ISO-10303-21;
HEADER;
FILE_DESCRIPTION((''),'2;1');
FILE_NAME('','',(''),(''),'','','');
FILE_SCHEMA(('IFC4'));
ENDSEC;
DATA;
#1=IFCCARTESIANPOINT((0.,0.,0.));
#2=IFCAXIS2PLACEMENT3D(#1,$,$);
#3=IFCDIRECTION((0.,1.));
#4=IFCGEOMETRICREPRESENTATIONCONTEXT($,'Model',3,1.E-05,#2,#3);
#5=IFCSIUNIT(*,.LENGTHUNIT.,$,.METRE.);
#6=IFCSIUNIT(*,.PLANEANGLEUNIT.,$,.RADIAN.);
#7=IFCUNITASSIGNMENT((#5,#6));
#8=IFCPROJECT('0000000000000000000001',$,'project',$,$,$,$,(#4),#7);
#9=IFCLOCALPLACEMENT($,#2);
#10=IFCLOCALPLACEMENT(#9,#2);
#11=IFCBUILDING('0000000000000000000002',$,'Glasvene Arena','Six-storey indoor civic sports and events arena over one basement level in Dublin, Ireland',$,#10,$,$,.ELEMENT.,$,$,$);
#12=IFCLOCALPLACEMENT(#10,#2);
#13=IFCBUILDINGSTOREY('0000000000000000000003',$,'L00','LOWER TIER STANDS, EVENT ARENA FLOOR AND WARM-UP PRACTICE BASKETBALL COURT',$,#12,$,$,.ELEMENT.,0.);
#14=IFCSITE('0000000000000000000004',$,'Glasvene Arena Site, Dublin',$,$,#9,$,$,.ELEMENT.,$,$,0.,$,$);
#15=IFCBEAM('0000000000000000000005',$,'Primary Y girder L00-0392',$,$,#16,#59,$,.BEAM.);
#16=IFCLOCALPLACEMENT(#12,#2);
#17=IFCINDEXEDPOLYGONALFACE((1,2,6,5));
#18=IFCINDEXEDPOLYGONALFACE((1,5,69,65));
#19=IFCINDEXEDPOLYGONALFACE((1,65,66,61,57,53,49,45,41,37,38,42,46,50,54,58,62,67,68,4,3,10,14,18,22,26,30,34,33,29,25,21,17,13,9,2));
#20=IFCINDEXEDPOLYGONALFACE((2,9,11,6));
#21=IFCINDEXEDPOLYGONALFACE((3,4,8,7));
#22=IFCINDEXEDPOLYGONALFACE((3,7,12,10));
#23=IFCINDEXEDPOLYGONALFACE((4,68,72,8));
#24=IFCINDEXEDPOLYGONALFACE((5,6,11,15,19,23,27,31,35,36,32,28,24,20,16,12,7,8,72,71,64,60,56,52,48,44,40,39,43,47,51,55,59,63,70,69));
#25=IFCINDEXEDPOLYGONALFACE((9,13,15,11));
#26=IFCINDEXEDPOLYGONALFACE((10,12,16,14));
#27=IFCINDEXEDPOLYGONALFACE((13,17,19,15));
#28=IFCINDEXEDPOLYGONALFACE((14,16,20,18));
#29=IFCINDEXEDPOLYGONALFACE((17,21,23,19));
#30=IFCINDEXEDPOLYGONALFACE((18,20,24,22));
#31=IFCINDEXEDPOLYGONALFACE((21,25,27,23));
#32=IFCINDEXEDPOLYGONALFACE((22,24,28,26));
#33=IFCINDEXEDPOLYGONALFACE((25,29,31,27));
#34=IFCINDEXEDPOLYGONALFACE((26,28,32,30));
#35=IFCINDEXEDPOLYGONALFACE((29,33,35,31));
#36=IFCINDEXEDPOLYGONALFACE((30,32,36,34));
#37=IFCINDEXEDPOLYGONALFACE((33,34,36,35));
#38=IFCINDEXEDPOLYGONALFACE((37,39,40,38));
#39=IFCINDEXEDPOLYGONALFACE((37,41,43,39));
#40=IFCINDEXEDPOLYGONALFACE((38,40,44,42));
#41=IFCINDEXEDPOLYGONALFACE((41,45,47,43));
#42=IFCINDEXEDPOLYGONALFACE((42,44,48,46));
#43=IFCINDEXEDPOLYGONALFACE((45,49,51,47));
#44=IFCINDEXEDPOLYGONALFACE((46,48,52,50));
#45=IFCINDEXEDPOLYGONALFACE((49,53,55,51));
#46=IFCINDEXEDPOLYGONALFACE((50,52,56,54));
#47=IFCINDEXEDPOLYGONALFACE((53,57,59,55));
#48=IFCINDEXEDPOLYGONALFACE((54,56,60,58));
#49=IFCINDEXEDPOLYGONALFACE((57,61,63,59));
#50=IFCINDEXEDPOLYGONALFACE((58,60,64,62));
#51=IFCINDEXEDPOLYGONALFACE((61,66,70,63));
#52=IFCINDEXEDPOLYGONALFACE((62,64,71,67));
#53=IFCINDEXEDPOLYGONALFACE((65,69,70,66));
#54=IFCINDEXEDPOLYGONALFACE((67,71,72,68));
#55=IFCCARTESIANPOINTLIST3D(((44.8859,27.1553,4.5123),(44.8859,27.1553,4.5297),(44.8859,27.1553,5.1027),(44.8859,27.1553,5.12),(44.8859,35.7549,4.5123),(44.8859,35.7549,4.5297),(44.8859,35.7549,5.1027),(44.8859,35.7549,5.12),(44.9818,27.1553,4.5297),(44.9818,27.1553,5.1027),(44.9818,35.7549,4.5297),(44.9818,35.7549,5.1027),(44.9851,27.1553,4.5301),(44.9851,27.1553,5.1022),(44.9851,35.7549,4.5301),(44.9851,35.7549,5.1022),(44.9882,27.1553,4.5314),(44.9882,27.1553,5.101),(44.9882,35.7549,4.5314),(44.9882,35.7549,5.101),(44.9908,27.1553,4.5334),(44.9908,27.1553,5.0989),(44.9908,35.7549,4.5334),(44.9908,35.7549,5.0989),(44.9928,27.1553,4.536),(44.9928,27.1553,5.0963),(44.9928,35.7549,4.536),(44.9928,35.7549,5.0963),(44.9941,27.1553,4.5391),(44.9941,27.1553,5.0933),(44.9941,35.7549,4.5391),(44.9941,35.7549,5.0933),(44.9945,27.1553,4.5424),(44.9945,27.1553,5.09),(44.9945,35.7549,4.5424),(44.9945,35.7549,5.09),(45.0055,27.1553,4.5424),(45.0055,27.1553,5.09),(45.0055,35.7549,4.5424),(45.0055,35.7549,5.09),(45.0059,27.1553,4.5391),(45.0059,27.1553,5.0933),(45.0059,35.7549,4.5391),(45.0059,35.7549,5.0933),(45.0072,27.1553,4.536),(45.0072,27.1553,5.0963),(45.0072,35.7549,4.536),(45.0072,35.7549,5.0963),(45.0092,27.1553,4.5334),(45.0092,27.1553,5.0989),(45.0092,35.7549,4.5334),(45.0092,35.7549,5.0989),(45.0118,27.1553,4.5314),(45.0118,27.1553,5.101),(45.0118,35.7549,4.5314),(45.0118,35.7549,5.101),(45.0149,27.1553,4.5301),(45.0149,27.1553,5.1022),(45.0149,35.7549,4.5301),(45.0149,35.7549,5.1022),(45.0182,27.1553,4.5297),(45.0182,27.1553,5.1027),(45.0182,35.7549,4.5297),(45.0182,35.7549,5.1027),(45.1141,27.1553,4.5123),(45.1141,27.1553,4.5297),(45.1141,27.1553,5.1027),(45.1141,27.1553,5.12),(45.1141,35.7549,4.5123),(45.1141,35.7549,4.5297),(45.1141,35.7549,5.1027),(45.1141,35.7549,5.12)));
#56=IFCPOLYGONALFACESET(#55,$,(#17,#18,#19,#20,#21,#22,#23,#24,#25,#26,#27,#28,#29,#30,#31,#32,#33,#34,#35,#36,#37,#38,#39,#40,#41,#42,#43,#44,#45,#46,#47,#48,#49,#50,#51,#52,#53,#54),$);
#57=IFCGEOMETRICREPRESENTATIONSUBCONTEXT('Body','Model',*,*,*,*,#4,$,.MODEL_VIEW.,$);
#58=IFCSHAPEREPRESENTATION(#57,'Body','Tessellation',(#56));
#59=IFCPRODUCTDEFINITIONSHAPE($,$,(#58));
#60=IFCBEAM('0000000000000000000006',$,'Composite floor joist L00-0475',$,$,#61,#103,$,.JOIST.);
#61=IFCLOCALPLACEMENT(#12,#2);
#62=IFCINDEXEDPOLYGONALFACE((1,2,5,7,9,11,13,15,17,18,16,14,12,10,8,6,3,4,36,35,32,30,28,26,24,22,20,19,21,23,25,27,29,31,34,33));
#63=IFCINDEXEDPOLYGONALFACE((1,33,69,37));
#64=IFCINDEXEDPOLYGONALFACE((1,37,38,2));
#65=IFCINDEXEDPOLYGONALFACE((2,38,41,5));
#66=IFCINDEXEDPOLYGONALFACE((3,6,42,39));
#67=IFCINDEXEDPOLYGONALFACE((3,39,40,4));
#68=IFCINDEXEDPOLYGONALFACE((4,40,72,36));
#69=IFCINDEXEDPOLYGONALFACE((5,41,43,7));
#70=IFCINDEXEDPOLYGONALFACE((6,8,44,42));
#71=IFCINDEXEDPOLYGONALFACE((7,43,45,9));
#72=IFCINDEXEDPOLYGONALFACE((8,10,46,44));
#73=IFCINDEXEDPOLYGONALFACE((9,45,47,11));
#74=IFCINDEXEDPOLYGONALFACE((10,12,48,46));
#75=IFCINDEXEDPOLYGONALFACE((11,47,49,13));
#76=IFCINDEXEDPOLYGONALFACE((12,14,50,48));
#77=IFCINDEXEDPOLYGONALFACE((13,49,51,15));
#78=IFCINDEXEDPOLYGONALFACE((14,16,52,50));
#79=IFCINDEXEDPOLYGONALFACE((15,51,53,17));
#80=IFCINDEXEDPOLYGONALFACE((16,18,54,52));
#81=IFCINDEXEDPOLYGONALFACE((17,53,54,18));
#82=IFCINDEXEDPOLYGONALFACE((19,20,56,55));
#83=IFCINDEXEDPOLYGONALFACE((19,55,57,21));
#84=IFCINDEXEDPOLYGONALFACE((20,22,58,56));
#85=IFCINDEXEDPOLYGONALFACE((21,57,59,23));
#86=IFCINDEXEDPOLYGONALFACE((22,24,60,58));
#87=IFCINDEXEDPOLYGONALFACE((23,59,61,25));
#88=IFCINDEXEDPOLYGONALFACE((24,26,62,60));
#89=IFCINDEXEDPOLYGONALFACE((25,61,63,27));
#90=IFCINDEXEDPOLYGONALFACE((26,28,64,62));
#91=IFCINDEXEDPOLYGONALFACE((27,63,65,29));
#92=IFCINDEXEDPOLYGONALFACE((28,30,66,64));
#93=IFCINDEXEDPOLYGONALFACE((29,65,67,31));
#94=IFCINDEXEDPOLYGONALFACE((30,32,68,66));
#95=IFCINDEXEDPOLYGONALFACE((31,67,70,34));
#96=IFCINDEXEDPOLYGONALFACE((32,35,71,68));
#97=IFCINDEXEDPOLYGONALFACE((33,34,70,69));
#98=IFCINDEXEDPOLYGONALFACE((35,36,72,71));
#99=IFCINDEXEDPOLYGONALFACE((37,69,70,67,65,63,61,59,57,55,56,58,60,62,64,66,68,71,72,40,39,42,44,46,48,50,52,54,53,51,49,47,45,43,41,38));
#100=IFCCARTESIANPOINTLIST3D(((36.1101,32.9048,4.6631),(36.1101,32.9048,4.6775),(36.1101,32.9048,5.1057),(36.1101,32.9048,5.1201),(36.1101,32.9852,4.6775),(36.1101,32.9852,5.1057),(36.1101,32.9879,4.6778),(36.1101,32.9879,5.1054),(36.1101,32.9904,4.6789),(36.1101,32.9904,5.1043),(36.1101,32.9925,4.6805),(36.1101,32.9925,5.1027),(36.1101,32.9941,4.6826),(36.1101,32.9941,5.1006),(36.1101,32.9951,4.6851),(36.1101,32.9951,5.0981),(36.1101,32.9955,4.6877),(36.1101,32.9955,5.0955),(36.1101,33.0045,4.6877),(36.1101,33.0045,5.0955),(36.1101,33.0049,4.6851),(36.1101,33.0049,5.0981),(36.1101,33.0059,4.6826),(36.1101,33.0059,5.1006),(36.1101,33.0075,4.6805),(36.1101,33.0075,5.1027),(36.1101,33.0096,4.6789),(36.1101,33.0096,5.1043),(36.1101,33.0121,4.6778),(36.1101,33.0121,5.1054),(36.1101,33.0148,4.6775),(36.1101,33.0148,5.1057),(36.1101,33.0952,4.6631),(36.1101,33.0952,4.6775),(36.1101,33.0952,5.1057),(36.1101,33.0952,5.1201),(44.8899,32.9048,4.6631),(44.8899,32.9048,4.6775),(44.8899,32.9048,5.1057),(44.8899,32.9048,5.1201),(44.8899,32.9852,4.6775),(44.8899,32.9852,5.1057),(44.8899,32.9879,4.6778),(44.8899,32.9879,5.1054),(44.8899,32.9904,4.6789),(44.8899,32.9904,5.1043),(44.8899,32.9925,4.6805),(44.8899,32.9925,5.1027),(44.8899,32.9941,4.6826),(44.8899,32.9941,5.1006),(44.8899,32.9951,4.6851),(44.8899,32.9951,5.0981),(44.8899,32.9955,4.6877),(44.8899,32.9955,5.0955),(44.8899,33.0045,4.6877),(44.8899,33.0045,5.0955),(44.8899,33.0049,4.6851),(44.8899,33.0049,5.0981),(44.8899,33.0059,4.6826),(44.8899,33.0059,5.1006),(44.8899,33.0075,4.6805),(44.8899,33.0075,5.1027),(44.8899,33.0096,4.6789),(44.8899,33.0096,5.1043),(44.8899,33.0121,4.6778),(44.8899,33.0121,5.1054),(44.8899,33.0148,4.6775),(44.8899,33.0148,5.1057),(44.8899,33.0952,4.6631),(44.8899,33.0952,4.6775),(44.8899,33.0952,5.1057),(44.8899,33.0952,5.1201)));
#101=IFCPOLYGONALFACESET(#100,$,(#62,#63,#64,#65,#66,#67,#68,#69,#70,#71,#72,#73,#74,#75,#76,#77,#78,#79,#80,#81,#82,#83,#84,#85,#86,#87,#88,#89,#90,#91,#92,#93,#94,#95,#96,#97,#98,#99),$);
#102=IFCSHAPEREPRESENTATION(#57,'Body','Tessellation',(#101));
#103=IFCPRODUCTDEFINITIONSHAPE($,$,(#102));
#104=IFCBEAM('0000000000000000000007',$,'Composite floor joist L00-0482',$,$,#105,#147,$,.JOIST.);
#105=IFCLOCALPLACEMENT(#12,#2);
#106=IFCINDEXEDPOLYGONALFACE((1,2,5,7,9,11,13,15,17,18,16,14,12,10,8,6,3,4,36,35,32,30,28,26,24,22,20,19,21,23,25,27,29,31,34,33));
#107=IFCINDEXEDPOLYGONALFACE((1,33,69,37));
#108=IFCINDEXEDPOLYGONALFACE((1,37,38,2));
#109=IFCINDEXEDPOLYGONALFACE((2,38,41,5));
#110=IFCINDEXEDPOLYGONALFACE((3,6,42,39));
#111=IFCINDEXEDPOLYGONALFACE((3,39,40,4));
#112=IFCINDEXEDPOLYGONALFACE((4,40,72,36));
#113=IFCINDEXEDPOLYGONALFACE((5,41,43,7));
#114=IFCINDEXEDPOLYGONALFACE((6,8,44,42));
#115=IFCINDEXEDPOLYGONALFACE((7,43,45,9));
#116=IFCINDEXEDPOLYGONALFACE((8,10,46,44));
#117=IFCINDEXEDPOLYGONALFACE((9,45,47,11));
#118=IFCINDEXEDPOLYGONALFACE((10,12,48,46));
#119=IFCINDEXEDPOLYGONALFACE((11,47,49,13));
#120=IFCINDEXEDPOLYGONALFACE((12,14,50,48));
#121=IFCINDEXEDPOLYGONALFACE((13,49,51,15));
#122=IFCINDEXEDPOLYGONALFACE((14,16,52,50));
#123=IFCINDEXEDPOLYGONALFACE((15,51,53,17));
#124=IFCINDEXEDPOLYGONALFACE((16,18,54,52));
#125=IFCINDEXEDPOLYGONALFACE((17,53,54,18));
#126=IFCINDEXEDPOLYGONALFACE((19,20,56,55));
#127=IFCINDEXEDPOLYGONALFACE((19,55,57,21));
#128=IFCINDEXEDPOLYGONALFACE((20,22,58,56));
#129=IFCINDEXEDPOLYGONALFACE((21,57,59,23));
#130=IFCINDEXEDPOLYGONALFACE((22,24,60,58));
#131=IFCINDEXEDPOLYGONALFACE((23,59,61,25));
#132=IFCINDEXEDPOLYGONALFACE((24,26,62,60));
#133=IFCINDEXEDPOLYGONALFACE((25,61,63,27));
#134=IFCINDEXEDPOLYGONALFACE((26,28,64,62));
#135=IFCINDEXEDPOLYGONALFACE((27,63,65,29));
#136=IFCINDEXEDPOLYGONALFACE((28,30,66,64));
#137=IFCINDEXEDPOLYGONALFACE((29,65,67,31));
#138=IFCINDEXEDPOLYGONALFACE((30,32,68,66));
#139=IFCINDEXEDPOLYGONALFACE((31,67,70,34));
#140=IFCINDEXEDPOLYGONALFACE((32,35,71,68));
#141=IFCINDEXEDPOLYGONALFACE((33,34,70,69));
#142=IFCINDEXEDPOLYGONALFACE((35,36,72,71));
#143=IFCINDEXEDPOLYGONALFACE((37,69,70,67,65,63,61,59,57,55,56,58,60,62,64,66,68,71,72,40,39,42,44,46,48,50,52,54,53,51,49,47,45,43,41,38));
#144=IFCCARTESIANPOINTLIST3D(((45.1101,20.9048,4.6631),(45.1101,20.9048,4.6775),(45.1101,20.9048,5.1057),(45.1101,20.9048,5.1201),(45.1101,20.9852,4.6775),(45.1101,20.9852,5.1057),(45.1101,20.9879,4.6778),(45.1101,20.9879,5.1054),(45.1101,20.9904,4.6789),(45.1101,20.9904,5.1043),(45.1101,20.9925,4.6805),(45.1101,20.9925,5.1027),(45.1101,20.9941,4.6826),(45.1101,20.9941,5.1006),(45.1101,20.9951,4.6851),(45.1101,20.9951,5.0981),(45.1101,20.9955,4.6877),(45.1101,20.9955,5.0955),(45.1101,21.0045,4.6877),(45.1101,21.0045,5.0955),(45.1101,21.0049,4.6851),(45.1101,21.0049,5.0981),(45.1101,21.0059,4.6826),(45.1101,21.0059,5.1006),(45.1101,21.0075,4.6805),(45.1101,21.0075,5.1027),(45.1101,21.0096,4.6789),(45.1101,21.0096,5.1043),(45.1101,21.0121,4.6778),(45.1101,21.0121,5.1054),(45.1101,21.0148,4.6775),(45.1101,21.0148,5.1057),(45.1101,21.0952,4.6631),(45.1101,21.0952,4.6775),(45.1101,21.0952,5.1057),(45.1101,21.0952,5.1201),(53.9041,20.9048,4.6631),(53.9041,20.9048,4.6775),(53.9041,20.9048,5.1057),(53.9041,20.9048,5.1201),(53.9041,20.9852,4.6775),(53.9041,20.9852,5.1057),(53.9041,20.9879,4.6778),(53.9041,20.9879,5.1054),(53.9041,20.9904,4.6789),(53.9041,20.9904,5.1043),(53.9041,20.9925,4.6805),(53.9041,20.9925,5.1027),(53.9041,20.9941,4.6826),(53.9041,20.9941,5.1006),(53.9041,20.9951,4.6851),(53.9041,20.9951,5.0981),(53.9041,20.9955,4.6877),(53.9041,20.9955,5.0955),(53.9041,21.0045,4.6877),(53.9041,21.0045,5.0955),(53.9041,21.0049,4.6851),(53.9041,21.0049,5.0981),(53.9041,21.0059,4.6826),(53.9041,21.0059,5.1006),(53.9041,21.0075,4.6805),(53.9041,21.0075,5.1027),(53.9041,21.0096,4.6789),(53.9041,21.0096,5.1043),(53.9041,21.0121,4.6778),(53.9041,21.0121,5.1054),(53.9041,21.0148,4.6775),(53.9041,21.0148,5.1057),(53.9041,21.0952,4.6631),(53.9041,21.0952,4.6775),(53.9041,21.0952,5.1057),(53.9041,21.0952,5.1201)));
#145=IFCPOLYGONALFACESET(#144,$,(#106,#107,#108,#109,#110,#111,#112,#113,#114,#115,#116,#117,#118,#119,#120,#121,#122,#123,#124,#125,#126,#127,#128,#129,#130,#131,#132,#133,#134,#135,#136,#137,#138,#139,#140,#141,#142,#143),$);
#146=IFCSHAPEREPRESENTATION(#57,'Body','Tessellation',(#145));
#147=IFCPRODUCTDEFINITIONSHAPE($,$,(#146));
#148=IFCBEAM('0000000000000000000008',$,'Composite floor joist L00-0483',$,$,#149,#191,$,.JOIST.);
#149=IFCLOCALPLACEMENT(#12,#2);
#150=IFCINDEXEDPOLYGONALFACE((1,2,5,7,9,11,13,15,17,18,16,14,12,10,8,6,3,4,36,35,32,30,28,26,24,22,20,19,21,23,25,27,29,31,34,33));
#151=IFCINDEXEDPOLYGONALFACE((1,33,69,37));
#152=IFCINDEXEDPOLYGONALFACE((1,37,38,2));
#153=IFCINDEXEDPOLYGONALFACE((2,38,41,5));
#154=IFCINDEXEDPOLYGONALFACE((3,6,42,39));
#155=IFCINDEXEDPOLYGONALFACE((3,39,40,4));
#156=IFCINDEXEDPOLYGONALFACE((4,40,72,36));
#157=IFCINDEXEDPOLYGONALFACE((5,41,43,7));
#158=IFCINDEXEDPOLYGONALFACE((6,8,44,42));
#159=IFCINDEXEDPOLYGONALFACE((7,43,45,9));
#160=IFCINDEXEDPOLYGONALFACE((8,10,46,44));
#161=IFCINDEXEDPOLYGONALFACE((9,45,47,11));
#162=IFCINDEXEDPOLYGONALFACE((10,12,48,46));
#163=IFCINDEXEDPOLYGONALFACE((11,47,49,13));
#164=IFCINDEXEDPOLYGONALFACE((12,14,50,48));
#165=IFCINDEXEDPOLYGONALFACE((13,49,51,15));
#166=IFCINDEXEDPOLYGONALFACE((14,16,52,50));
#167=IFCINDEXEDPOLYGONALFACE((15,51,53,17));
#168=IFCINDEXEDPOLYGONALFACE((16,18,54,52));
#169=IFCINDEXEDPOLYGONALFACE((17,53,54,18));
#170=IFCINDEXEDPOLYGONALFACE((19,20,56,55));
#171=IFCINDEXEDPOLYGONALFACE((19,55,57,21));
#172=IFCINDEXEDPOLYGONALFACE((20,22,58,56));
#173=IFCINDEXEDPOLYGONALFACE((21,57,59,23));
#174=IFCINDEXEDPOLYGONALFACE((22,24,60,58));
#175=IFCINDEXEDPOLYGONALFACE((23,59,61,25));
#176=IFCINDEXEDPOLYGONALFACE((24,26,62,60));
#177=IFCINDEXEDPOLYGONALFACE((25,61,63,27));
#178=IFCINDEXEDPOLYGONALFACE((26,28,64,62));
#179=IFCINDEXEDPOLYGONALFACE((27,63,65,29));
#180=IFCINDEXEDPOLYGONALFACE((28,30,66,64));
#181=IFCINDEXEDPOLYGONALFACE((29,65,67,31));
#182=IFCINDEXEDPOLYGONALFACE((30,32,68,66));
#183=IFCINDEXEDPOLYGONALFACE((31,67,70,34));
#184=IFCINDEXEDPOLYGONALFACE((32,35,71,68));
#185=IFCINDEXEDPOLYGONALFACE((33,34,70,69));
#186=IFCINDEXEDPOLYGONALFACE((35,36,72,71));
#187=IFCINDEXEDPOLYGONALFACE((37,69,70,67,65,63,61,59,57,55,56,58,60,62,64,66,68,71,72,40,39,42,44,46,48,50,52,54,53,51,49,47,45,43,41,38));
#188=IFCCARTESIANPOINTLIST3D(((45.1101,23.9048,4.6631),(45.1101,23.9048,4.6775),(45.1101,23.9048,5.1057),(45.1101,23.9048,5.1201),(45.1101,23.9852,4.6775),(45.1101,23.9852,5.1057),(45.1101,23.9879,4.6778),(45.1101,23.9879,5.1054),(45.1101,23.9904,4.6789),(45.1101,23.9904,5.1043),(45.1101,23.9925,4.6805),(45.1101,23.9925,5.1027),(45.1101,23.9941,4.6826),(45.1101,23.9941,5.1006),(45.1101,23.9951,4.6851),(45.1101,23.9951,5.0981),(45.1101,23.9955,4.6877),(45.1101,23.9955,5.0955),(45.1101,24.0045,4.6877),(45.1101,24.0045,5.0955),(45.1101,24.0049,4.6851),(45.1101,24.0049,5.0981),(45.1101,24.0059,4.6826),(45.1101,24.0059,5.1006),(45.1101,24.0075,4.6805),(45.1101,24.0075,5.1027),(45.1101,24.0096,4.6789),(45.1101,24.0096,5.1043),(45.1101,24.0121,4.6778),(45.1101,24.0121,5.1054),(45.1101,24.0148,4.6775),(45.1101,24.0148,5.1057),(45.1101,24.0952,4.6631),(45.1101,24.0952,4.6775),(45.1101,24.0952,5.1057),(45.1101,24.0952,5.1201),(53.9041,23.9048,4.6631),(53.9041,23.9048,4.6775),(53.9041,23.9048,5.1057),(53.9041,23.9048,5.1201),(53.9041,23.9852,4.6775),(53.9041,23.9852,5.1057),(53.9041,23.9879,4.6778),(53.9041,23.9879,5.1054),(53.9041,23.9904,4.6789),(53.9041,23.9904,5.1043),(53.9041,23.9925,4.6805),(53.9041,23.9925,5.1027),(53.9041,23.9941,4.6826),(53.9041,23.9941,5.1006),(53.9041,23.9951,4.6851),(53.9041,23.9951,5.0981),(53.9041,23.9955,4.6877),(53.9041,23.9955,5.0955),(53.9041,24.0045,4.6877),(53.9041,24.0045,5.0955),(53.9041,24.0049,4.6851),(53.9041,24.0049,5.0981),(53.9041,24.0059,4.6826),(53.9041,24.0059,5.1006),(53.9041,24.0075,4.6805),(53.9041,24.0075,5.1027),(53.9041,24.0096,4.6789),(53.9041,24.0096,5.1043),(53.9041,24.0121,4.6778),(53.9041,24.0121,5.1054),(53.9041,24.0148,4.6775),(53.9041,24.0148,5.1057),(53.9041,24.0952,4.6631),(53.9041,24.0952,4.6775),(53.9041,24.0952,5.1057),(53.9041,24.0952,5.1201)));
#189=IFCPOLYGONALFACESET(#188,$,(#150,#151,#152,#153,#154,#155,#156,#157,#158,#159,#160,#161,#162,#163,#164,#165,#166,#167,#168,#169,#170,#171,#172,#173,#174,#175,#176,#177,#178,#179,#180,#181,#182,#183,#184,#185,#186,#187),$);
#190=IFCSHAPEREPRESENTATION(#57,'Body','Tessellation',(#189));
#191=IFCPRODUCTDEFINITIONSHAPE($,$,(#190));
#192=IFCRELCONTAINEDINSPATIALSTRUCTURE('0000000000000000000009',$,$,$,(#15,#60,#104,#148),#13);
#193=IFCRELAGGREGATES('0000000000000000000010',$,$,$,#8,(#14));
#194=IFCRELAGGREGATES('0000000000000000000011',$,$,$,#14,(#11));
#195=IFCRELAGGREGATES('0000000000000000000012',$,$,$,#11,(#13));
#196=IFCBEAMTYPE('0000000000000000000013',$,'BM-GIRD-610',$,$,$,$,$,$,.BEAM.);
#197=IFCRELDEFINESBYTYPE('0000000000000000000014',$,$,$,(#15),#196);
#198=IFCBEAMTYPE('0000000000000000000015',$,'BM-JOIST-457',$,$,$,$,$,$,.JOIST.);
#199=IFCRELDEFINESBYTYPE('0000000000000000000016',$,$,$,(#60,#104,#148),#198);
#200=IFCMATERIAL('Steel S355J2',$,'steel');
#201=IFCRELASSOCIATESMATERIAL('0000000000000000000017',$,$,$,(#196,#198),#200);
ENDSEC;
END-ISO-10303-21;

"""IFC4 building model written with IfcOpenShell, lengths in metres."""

from ifc_helpers import new_model, si_unit, direction, frame, origin, origin_2d, place, context, subcontext, project, spatial, i_section, extrude, material, material_profile, profile_set, type_object, element, save


model = new_model("IFC4")

# Units and contexts
model_context = context("Model", 3, precision=1e-05, world=origin(), true_north=direction((0.0, 1.0)))
body_context = subcontext(model_context, "Body", "Model", "MODEL_VIEW")
ifc_project = project(units=[si_unit("LENGTHUNIT", "METRE"), si_unit("PLANEANGLEUNIT", "RADIAN")], contexts=[model_context])

# Site, building, storey
site_placement = place(None, origin())
site = spatial("IfcSite", under=ifc_project, at=site_placement, Name="Glasvene Arena Site, Dublin", CompositionType="ELEMENT", RefElevation=0.0)
building_placement = place(site_placement, origin())
building = spatial("IfcBuilding", under=site, at=building_placement, Name="Glasvene Arena", Description="Six-storey indoor civic sports and events arena over one basement level in Dublin, Ireland", CompositionType="ELEMENT")
storey_placement = place(building_placement, origin())
storey = spatial("IfcBuildingStorey", under=building, at=storey_placement, Name="L00", Description="LOWER TIER STANDS, EVENT ARENA FLOOR AND WARM-UP PRACTICE BASKETBALL COURT", CompositionType="ELEMENT", Elevation=0.0)

# Shared definitions
ifc_material_1 = material(Name="Steel S355J2", Category="steel")

# Beams
ifc_material_profile_1 = material_profile(ifc_material_1, i_section(OverallWidth=0.2283, OverallDepth=0.6077, WebThickness=0.011, FlangeThickness=0.0173, FilletRadius=0.0127, at=origin_2d()), Name="UKB 610x229x113")
ifc_profile_set_1 = profile_set([ifc_material_profile_1], Name="Steel S355J2")
beam_type_1 = type_object("IfcBeamType", Name="BM-GIRD-610", PredefinedType="BEAM", material=ifc_profile_set_1)
beam_1_placement = place(storey_placement, frame((45.0, 27.1553, 4.8162), z_axis=(0.0, 1.0, 0.0), x_axis=(-1.0, 0.0, 0.0)))
element("IfcBeam", 1, at=beam_1_placement, inside=storey, type_object=beam_type_1, Name="Primary Y girder L00-0392", PredefinedType="BEAM", context=body_context, shape_type="SweptSolid", body=[
    extrude(i_section(OverallWidth=0.2283, OverallDepth=0.6077, WebThickness=0.011, FlangeThickness=0.0173, FilletRadius=0.0127, at=origin_2d()), origin(), (0.0, 0.0, 1.0), 8.5996),
])
ifc_material_profile_2 = material_profile(ifc_material_1, i_section(OverallWidth=0.1904, OverallDepth=0.457, WebThickness=0.009, FlangeThickness=0.0144, FilletRadius=0.0103, at=origin_2d()), Name="UKB 457x191x74")
ifc_profile_set_2 = profile_set([ifc_material_profile_2], Name="Steel S355J2")
beam_type_2 = type_object("IfcBeamType", Name="BM-JOIST-457", PredefinedType="JOIST", material=ifc_profile_set_2)
beam_2_placement = place(storey_placement, frame((36.1101, 33.0, 4.8916), z_axis=(1.0, 0.0, 0.0), x_axis=(0.0, 1.0, 0.0)))
element("IfcBeam", 2, at=beam_2_placement, inside=storey, type_object=beam_type_2, Name="Composite floor joist L00-0475", PredefinedType="JOIST", context=body_context, shape_type="SweptSolid", body=[
    extrude(i_section(OverallWidth=0.1904, OverallDepth=0.457, WebThickness=0.009, FlangeThickness=0.0144, FilletRadius=0.0103, at=origin_2d()), origin(), (0.0, 0.0, 1.0), 8.7798),
])
for number, where, z_axis, x_axis, name in (
    (3, (45.1101, 21.0, 4.8916), (1.0, 0.0, 0.0), (0.0, 1.0, 0.0), "Composite floor joist L00-0482"),
    (4, (45.1101, 24.0, 4.8916), (1.0, 0.0, 0.0), (0.0, 1.0, 0.0), "Composite floor joist L00-0483"),
):
    element("IfcBeam", number, at=place(storey_placement, frame(where, z_axis=z_axis, x_axis=x_axis)), inside=storey, type_object=beam_type_2, Name=name, PredefinedType="JOIST", context=body_context, shape_type="SweptSolid", body=[
        extrude(i_section(OverallWidth=0.1904, OverallDepth=0.457, WebThickness=0.009, FlangeThickness=0.0144, FilletRadius=0.0103, at=origin_2d()), origin(), (0.0, 0.0, 1.0), 8.7939),
    ])

save(model, "model.ifc")
